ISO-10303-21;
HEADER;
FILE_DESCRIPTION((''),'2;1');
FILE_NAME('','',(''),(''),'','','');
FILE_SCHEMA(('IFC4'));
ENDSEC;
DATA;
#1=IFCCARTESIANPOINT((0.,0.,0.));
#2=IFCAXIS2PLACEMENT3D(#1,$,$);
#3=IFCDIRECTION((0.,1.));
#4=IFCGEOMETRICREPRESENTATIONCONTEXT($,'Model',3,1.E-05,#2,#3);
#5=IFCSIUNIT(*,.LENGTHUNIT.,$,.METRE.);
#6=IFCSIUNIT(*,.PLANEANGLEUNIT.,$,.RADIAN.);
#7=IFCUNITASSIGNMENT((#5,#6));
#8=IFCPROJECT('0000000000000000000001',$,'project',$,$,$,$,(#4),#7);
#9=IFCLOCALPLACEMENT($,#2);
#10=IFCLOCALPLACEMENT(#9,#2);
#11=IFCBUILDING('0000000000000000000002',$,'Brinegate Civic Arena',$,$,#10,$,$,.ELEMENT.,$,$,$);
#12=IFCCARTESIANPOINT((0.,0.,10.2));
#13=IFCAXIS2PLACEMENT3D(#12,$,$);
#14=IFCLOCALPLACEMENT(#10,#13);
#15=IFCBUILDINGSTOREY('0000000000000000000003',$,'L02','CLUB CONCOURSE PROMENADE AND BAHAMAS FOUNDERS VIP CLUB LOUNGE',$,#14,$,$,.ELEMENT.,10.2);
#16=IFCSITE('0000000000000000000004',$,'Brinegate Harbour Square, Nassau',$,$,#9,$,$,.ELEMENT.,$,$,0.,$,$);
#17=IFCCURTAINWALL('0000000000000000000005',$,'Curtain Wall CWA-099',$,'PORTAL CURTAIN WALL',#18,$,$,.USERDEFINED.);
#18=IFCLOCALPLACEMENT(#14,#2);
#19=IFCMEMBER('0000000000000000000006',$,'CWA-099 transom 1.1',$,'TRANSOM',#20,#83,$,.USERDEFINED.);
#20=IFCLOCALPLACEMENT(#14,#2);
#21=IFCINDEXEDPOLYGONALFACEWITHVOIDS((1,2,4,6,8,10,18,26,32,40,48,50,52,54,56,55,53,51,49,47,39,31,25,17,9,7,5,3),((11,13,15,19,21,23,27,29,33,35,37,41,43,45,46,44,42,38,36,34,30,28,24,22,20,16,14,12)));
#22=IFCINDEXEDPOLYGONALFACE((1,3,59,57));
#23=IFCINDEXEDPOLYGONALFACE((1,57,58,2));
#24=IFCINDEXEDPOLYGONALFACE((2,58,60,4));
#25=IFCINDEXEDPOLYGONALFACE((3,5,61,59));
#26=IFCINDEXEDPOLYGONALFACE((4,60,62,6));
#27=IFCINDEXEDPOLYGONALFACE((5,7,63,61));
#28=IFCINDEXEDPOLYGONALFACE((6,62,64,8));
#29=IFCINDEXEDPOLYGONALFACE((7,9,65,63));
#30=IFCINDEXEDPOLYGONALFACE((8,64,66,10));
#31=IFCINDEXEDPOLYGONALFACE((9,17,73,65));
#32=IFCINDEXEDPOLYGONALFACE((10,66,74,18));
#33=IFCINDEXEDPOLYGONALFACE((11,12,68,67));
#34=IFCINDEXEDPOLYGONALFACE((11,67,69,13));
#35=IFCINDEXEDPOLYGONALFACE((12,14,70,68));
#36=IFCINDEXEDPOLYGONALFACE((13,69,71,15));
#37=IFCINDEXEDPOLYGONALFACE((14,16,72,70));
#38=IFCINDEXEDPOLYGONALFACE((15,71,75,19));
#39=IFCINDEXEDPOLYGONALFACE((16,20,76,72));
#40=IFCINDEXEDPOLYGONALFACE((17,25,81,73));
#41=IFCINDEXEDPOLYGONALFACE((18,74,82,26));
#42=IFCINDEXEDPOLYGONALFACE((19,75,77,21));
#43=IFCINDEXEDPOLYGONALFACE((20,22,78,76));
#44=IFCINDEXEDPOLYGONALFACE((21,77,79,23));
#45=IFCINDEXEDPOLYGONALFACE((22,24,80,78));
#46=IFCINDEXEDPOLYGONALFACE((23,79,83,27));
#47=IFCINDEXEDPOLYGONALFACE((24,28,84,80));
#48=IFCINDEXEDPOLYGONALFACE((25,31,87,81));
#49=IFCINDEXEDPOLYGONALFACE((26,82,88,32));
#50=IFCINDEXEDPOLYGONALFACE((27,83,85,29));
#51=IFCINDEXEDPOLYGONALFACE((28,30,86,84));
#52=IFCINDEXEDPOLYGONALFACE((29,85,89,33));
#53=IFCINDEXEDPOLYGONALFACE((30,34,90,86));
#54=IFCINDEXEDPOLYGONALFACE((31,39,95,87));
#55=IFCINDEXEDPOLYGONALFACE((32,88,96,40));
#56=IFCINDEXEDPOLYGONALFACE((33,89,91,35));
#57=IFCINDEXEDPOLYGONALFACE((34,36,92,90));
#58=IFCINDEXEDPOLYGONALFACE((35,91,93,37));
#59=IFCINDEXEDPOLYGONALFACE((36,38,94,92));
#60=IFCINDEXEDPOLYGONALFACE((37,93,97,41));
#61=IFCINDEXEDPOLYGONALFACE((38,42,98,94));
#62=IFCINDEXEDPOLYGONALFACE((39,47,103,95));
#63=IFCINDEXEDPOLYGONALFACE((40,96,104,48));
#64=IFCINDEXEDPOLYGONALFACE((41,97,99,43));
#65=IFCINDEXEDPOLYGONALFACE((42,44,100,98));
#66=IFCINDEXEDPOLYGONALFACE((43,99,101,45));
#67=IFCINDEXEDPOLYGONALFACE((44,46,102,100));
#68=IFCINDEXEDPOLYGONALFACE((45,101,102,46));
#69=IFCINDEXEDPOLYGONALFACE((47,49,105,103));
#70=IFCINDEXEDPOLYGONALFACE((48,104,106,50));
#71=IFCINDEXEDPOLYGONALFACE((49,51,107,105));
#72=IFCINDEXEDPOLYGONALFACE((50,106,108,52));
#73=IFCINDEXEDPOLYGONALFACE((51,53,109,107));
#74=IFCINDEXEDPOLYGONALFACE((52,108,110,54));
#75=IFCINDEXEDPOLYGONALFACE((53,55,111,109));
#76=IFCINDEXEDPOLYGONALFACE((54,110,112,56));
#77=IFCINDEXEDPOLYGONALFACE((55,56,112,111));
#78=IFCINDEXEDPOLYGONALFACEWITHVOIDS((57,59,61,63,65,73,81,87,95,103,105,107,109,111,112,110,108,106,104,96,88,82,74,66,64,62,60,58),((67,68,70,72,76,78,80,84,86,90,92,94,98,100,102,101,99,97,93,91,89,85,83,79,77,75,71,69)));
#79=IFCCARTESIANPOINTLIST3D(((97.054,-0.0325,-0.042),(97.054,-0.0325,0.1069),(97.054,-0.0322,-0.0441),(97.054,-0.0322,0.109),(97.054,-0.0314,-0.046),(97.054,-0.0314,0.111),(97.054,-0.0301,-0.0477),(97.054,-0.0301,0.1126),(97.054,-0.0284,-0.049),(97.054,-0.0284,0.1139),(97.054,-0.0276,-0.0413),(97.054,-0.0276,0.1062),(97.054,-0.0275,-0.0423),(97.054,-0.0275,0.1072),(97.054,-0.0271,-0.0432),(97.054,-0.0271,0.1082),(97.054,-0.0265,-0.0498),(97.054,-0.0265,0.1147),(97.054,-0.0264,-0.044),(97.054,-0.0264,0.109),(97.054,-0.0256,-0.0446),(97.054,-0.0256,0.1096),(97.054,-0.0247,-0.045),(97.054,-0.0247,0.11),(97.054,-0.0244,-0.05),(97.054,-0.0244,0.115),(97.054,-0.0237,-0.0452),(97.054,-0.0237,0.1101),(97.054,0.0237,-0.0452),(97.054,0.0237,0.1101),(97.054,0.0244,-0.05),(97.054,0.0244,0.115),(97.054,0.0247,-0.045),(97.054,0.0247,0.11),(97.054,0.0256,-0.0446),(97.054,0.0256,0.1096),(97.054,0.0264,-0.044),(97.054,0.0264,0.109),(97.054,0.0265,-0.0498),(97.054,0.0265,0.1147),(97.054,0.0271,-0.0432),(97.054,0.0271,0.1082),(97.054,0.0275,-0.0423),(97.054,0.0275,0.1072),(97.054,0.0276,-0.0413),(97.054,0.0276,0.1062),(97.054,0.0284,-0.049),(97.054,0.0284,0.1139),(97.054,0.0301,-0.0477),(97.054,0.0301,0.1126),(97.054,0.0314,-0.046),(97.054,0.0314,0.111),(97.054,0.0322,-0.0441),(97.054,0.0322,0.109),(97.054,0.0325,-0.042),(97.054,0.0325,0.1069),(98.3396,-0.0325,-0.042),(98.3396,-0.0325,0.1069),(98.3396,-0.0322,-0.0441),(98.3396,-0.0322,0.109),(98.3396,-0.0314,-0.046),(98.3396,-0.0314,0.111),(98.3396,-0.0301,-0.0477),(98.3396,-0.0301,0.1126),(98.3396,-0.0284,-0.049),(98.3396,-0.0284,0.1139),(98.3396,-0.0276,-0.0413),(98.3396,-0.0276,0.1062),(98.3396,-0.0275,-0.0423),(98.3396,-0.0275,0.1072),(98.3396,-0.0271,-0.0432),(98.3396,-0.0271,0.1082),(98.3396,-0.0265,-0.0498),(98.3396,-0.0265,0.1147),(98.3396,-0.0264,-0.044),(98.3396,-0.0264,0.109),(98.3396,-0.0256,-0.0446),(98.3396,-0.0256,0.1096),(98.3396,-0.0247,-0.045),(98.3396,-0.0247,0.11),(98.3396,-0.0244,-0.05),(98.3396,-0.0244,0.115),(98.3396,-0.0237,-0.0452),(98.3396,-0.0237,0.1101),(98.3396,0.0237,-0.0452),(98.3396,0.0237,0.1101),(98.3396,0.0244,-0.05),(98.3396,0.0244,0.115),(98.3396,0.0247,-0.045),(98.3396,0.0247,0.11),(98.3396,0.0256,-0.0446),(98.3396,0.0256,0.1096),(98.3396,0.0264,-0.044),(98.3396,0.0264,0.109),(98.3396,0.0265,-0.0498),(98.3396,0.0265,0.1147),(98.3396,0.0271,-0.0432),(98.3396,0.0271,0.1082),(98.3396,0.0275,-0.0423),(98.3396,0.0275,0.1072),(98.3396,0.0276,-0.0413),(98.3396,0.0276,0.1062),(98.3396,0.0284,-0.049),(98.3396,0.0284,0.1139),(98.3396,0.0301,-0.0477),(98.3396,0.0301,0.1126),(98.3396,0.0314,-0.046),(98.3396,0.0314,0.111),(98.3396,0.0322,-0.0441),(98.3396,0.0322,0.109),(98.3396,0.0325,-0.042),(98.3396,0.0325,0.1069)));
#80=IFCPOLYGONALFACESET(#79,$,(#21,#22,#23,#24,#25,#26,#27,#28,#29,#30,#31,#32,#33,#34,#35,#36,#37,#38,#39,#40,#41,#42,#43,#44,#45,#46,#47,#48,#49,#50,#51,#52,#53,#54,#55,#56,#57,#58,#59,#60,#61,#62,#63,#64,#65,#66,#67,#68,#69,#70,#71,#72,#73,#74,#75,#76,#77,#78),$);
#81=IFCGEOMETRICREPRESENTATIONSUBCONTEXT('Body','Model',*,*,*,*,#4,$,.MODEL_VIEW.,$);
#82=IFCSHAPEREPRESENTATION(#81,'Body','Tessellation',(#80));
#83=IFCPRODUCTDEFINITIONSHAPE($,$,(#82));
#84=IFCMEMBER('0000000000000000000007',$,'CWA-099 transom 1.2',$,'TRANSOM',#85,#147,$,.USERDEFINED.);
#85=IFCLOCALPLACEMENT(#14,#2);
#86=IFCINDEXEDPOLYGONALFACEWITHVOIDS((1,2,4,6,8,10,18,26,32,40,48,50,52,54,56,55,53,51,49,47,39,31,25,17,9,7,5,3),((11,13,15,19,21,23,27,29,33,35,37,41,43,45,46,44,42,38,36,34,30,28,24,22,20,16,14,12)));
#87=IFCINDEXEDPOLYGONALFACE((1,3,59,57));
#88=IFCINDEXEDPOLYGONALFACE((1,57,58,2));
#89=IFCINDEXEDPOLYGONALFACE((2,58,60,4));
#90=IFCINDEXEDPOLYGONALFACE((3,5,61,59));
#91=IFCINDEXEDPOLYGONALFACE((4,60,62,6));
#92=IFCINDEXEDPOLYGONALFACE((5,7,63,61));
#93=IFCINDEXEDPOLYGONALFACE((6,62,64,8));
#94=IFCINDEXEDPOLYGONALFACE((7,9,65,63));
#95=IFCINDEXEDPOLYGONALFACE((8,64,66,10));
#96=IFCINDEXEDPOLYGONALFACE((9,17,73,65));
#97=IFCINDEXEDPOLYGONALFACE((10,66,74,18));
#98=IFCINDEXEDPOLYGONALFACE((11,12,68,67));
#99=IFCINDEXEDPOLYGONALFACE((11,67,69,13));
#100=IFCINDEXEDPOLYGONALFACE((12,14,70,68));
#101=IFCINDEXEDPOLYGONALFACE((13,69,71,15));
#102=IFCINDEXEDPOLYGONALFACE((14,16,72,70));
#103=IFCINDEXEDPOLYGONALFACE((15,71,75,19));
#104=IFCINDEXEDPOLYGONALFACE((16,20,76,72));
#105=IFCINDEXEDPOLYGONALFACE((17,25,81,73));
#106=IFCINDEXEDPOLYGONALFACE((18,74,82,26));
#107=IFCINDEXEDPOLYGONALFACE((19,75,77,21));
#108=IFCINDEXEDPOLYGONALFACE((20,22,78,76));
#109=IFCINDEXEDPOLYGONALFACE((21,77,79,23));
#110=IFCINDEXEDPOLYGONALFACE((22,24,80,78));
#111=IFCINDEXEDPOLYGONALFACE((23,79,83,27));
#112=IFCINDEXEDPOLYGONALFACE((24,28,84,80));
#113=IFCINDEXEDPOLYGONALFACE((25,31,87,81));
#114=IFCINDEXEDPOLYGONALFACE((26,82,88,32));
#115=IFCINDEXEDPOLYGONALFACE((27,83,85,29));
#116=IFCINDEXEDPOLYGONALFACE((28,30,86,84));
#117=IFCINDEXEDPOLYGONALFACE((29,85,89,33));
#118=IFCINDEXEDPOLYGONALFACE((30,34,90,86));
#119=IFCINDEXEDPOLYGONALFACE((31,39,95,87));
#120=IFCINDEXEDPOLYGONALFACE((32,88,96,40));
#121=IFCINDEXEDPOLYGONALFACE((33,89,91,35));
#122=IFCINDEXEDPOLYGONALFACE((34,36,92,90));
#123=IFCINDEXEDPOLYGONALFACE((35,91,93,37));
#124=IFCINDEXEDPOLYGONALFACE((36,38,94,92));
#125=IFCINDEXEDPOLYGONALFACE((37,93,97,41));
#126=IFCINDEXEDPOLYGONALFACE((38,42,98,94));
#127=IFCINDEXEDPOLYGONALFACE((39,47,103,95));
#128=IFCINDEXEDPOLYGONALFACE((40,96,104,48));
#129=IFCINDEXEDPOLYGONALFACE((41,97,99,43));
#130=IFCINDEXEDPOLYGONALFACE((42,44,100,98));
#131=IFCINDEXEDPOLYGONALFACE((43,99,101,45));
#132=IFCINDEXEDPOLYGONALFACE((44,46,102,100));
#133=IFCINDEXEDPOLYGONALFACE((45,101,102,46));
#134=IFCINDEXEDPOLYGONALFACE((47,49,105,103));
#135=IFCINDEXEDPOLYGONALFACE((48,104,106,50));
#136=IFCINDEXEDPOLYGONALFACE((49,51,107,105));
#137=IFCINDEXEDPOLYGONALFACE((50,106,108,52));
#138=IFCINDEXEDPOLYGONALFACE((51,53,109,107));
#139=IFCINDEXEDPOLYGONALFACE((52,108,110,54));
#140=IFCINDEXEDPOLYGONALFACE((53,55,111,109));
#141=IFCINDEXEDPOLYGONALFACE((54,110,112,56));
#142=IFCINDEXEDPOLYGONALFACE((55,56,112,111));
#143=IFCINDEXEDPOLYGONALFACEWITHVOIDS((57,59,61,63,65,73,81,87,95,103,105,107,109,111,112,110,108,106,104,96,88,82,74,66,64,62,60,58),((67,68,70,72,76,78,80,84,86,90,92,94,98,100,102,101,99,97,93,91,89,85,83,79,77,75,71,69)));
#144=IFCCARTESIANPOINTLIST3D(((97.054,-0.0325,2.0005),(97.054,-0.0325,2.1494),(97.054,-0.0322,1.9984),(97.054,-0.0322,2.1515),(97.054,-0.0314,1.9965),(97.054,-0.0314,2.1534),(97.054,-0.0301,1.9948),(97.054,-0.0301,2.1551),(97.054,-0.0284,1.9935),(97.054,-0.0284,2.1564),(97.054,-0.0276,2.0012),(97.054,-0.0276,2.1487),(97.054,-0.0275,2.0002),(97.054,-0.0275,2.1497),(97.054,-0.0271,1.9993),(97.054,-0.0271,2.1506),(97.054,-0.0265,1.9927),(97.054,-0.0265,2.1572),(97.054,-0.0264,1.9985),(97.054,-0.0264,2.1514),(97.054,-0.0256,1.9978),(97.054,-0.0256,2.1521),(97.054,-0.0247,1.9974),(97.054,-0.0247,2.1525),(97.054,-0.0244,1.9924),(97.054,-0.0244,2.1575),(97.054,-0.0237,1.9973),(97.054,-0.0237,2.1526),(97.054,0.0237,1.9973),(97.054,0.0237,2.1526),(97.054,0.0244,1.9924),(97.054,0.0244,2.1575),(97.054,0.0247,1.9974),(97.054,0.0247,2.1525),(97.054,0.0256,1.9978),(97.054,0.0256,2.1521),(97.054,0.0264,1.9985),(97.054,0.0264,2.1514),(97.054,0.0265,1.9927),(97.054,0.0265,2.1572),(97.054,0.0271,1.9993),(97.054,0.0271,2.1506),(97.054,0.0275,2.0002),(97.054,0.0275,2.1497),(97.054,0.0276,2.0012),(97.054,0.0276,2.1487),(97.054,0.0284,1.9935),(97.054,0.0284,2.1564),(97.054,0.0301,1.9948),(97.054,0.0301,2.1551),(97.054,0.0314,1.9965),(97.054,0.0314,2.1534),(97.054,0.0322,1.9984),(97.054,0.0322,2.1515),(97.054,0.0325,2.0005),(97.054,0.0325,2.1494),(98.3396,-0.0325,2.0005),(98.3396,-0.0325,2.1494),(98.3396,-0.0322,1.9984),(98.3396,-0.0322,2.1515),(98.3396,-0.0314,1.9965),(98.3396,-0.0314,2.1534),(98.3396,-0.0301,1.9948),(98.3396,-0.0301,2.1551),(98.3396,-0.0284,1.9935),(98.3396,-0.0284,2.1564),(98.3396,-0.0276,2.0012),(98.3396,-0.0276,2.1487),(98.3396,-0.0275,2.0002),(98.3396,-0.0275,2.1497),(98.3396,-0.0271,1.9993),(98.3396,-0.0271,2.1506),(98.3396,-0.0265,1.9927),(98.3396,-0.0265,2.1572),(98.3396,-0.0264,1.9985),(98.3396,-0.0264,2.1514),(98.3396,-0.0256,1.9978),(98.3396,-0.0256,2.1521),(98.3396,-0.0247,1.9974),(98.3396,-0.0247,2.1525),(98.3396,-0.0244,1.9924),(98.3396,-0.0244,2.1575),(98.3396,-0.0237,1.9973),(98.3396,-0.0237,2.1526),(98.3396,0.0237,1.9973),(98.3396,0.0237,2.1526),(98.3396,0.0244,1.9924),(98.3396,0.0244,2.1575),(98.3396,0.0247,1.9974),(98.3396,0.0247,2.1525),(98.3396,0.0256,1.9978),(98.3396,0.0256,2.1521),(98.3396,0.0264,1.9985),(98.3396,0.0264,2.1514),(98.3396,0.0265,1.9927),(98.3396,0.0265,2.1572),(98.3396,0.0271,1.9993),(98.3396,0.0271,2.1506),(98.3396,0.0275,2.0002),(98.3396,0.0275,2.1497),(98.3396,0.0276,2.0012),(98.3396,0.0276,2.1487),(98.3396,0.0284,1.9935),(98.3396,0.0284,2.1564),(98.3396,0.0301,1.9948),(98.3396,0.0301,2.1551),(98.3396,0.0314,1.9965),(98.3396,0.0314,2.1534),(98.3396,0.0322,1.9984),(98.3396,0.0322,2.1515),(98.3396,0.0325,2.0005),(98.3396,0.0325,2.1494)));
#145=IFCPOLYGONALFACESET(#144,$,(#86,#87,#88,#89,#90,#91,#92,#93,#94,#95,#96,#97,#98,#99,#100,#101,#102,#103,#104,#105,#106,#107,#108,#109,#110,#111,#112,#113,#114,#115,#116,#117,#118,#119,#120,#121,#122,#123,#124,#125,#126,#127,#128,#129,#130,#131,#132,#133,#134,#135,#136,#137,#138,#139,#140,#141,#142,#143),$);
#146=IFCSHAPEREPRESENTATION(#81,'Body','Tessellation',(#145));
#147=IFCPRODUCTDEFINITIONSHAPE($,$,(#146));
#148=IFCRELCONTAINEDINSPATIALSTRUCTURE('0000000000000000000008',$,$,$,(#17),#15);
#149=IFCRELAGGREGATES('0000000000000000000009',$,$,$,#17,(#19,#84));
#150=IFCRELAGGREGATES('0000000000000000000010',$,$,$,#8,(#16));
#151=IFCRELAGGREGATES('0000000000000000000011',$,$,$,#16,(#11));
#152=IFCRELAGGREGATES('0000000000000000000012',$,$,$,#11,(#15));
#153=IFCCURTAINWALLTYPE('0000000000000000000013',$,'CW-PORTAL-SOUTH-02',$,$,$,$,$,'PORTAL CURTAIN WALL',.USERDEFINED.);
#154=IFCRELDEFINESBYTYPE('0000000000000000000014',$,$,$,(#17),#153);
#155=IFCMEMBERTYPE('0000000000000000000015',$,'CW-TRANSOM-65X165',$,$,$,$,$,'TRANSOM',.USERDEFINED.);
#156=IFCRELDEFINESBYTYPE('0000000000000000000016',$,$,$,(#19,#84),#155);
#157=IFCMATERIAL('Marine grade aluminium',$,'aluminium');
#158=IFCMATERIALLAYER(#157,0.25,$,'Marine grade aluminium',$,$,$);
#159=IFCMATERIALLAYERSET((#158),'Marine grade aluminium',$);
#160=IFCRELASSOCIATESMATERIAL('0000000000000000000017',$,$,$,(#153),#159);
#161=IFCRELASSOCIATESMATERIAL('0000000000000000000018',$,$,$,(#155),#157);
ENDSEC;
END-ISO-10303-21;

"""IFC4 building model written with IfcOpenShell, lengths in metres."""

from ifc_helpers import new_model, si_unit, direction, frame, origin, origin_2d, place, context, subcontext, project, spatial, hollow_rectangle, extrude, material, layer, layer_set, material_profile, profile_set, type_object, element, aggregate, save


model = new_model("IFC4")

# Units and contexts
model_context = context("Model", 3, precision=1e-05, world=origin(), true_north=direction((0.0, 1.0)))
body_context = subcontext(model_context, "Body", "Model", "MODEL_VIEW")
ifc_project = project(units=[si_unit("LENGTHUNIT", "METRE"), si_unit("PLANEANGLEUNIT", "RADIAN")], contexts=[model_context])

# Site, building, storey
site_placement = place(None, origin())
site = spatial("IfcSite", under=ifc_project, at=site_placement, Name="Brinegate Harbour Square, Nassau", CompositionType="ELEMENT", RefElevation=0.0)
building_placement = place(site_placement, origin())
building = spatial("IfcBuilding", under=site, at=building_placement, Name="Brinegate Civic Arena", CompositionType="ELEMENT")
storey_placement = place(building_placement, frame((0.0, 0.0, 10.2)))
storey = spatial("IfcBuildingStorey", under=building, at=storey_placement, Name="L02", Description="CLUB CONCOURSE PROMENADE AND BAHAMAS FOUNDERS VIP CLUB LOUNGE", CompositionType="ELEMENT", Elevation=10.2)

# Shared definitions
ifc_material_1 = material(Name="Marine grade aluminium", Category="aluminium")
ifc_layer_1 = layer(ifc_material_1, 0.25, Name="Marine grade aluminium")
ifc_layer_set_1 = layer_set([ifc_layer_1], Name="Marine grade aluminium")
curtain_wall_type = type_object("IfcCurtainWallType", Name="CW-PORTAL-SOUTH-02", ElementType="PORTAL CURTAIN WALL", PredefinedType="USERDEFINED", material=ifc_layer_set_1)

# Curtain wall, members
curtain_wall_1_placement = place(storey_placement, origin())
curtain_wall_1 = element("IfcCurtainWall", 1, at=curtain_wall_1_placement, inside=storey, type_object=curtain_wall_type, Name="Curtain Wall CWA-099", ObjectType="PORTAL CURTAIN WALL", PredefinedType="USERDEFINED")
ifc_material_profile_1 = material_profile(ifc_material_1, hollow_rectangle(XDim=0.0649, YDim=0.165, WallThickness=0.0049, InnerFilletRadius=0.0039, OuterFilletRadius=0.0081, at=origin_2d()), Name="TRN65X165")
ifc_profile_set_1 = profile_set([ifc_material_profile_1], Name="Marine grade aluminium")
member_type_1 = type_object("IfcMemberType", Name="CW-TRANSOM-65X165", ElementType="TRANSOM", PredefinedType="USERDEFINED", material=ifc_profile_set_1)
member_1_placement = place(storey_placement, frame((97.054, 0.0, 0.0325), z_axis=(1.0, 0.0, 0.0), x_axis=(0.0, 1.0, 0.0)))
member_1 = element("IfcMember", 2, at=member_1_placement, type_object=member_type_1, Name="CWA-099 transom 1.1", ObjectType="TRANSOM", PredefinedType="USERDEFINED", context=body_context, shape_type="SweptSolid", body=[
    extrude(hollow_rectangle(XDim=0.0649, YDim=0.165, WallThickness=0.0049, InnerFilletRadius=0.0039, OuterFilletRadius=0.0081, at=origin_2d()), origin(), (0.0, 0.0, 1.0), 1.2856),
])
member_2_placement = place(storey_placement, frame((97.054, 0.0, 2.075), z_axis=(1.0, 0.0, 0.0), x_axis=(0.0, 1.0, 0.0)))
member_2 = element("IfcMember", 3, at=member_2_placement, type_object=member_type_1, Name="CWA-099 transom 1.2", ObjectType="TRANSOM", PredefinedType="USERDEFINED", context=body_context, shape_type="SweptSolid", body=[
    extrude(hollow_rectangle(XDim=0.0649, YDim=0.165, WallThickness=0.0049, InnerFilletRadius=0.0039, OuterFilletRadius=0.0081, at=origin_2d()), origin(), (0.0, 0.0, 1.0), 1.2856),
])

aggregate(curtain_wall_1, [member_1, member_2])

save(model, "model.ifc")
